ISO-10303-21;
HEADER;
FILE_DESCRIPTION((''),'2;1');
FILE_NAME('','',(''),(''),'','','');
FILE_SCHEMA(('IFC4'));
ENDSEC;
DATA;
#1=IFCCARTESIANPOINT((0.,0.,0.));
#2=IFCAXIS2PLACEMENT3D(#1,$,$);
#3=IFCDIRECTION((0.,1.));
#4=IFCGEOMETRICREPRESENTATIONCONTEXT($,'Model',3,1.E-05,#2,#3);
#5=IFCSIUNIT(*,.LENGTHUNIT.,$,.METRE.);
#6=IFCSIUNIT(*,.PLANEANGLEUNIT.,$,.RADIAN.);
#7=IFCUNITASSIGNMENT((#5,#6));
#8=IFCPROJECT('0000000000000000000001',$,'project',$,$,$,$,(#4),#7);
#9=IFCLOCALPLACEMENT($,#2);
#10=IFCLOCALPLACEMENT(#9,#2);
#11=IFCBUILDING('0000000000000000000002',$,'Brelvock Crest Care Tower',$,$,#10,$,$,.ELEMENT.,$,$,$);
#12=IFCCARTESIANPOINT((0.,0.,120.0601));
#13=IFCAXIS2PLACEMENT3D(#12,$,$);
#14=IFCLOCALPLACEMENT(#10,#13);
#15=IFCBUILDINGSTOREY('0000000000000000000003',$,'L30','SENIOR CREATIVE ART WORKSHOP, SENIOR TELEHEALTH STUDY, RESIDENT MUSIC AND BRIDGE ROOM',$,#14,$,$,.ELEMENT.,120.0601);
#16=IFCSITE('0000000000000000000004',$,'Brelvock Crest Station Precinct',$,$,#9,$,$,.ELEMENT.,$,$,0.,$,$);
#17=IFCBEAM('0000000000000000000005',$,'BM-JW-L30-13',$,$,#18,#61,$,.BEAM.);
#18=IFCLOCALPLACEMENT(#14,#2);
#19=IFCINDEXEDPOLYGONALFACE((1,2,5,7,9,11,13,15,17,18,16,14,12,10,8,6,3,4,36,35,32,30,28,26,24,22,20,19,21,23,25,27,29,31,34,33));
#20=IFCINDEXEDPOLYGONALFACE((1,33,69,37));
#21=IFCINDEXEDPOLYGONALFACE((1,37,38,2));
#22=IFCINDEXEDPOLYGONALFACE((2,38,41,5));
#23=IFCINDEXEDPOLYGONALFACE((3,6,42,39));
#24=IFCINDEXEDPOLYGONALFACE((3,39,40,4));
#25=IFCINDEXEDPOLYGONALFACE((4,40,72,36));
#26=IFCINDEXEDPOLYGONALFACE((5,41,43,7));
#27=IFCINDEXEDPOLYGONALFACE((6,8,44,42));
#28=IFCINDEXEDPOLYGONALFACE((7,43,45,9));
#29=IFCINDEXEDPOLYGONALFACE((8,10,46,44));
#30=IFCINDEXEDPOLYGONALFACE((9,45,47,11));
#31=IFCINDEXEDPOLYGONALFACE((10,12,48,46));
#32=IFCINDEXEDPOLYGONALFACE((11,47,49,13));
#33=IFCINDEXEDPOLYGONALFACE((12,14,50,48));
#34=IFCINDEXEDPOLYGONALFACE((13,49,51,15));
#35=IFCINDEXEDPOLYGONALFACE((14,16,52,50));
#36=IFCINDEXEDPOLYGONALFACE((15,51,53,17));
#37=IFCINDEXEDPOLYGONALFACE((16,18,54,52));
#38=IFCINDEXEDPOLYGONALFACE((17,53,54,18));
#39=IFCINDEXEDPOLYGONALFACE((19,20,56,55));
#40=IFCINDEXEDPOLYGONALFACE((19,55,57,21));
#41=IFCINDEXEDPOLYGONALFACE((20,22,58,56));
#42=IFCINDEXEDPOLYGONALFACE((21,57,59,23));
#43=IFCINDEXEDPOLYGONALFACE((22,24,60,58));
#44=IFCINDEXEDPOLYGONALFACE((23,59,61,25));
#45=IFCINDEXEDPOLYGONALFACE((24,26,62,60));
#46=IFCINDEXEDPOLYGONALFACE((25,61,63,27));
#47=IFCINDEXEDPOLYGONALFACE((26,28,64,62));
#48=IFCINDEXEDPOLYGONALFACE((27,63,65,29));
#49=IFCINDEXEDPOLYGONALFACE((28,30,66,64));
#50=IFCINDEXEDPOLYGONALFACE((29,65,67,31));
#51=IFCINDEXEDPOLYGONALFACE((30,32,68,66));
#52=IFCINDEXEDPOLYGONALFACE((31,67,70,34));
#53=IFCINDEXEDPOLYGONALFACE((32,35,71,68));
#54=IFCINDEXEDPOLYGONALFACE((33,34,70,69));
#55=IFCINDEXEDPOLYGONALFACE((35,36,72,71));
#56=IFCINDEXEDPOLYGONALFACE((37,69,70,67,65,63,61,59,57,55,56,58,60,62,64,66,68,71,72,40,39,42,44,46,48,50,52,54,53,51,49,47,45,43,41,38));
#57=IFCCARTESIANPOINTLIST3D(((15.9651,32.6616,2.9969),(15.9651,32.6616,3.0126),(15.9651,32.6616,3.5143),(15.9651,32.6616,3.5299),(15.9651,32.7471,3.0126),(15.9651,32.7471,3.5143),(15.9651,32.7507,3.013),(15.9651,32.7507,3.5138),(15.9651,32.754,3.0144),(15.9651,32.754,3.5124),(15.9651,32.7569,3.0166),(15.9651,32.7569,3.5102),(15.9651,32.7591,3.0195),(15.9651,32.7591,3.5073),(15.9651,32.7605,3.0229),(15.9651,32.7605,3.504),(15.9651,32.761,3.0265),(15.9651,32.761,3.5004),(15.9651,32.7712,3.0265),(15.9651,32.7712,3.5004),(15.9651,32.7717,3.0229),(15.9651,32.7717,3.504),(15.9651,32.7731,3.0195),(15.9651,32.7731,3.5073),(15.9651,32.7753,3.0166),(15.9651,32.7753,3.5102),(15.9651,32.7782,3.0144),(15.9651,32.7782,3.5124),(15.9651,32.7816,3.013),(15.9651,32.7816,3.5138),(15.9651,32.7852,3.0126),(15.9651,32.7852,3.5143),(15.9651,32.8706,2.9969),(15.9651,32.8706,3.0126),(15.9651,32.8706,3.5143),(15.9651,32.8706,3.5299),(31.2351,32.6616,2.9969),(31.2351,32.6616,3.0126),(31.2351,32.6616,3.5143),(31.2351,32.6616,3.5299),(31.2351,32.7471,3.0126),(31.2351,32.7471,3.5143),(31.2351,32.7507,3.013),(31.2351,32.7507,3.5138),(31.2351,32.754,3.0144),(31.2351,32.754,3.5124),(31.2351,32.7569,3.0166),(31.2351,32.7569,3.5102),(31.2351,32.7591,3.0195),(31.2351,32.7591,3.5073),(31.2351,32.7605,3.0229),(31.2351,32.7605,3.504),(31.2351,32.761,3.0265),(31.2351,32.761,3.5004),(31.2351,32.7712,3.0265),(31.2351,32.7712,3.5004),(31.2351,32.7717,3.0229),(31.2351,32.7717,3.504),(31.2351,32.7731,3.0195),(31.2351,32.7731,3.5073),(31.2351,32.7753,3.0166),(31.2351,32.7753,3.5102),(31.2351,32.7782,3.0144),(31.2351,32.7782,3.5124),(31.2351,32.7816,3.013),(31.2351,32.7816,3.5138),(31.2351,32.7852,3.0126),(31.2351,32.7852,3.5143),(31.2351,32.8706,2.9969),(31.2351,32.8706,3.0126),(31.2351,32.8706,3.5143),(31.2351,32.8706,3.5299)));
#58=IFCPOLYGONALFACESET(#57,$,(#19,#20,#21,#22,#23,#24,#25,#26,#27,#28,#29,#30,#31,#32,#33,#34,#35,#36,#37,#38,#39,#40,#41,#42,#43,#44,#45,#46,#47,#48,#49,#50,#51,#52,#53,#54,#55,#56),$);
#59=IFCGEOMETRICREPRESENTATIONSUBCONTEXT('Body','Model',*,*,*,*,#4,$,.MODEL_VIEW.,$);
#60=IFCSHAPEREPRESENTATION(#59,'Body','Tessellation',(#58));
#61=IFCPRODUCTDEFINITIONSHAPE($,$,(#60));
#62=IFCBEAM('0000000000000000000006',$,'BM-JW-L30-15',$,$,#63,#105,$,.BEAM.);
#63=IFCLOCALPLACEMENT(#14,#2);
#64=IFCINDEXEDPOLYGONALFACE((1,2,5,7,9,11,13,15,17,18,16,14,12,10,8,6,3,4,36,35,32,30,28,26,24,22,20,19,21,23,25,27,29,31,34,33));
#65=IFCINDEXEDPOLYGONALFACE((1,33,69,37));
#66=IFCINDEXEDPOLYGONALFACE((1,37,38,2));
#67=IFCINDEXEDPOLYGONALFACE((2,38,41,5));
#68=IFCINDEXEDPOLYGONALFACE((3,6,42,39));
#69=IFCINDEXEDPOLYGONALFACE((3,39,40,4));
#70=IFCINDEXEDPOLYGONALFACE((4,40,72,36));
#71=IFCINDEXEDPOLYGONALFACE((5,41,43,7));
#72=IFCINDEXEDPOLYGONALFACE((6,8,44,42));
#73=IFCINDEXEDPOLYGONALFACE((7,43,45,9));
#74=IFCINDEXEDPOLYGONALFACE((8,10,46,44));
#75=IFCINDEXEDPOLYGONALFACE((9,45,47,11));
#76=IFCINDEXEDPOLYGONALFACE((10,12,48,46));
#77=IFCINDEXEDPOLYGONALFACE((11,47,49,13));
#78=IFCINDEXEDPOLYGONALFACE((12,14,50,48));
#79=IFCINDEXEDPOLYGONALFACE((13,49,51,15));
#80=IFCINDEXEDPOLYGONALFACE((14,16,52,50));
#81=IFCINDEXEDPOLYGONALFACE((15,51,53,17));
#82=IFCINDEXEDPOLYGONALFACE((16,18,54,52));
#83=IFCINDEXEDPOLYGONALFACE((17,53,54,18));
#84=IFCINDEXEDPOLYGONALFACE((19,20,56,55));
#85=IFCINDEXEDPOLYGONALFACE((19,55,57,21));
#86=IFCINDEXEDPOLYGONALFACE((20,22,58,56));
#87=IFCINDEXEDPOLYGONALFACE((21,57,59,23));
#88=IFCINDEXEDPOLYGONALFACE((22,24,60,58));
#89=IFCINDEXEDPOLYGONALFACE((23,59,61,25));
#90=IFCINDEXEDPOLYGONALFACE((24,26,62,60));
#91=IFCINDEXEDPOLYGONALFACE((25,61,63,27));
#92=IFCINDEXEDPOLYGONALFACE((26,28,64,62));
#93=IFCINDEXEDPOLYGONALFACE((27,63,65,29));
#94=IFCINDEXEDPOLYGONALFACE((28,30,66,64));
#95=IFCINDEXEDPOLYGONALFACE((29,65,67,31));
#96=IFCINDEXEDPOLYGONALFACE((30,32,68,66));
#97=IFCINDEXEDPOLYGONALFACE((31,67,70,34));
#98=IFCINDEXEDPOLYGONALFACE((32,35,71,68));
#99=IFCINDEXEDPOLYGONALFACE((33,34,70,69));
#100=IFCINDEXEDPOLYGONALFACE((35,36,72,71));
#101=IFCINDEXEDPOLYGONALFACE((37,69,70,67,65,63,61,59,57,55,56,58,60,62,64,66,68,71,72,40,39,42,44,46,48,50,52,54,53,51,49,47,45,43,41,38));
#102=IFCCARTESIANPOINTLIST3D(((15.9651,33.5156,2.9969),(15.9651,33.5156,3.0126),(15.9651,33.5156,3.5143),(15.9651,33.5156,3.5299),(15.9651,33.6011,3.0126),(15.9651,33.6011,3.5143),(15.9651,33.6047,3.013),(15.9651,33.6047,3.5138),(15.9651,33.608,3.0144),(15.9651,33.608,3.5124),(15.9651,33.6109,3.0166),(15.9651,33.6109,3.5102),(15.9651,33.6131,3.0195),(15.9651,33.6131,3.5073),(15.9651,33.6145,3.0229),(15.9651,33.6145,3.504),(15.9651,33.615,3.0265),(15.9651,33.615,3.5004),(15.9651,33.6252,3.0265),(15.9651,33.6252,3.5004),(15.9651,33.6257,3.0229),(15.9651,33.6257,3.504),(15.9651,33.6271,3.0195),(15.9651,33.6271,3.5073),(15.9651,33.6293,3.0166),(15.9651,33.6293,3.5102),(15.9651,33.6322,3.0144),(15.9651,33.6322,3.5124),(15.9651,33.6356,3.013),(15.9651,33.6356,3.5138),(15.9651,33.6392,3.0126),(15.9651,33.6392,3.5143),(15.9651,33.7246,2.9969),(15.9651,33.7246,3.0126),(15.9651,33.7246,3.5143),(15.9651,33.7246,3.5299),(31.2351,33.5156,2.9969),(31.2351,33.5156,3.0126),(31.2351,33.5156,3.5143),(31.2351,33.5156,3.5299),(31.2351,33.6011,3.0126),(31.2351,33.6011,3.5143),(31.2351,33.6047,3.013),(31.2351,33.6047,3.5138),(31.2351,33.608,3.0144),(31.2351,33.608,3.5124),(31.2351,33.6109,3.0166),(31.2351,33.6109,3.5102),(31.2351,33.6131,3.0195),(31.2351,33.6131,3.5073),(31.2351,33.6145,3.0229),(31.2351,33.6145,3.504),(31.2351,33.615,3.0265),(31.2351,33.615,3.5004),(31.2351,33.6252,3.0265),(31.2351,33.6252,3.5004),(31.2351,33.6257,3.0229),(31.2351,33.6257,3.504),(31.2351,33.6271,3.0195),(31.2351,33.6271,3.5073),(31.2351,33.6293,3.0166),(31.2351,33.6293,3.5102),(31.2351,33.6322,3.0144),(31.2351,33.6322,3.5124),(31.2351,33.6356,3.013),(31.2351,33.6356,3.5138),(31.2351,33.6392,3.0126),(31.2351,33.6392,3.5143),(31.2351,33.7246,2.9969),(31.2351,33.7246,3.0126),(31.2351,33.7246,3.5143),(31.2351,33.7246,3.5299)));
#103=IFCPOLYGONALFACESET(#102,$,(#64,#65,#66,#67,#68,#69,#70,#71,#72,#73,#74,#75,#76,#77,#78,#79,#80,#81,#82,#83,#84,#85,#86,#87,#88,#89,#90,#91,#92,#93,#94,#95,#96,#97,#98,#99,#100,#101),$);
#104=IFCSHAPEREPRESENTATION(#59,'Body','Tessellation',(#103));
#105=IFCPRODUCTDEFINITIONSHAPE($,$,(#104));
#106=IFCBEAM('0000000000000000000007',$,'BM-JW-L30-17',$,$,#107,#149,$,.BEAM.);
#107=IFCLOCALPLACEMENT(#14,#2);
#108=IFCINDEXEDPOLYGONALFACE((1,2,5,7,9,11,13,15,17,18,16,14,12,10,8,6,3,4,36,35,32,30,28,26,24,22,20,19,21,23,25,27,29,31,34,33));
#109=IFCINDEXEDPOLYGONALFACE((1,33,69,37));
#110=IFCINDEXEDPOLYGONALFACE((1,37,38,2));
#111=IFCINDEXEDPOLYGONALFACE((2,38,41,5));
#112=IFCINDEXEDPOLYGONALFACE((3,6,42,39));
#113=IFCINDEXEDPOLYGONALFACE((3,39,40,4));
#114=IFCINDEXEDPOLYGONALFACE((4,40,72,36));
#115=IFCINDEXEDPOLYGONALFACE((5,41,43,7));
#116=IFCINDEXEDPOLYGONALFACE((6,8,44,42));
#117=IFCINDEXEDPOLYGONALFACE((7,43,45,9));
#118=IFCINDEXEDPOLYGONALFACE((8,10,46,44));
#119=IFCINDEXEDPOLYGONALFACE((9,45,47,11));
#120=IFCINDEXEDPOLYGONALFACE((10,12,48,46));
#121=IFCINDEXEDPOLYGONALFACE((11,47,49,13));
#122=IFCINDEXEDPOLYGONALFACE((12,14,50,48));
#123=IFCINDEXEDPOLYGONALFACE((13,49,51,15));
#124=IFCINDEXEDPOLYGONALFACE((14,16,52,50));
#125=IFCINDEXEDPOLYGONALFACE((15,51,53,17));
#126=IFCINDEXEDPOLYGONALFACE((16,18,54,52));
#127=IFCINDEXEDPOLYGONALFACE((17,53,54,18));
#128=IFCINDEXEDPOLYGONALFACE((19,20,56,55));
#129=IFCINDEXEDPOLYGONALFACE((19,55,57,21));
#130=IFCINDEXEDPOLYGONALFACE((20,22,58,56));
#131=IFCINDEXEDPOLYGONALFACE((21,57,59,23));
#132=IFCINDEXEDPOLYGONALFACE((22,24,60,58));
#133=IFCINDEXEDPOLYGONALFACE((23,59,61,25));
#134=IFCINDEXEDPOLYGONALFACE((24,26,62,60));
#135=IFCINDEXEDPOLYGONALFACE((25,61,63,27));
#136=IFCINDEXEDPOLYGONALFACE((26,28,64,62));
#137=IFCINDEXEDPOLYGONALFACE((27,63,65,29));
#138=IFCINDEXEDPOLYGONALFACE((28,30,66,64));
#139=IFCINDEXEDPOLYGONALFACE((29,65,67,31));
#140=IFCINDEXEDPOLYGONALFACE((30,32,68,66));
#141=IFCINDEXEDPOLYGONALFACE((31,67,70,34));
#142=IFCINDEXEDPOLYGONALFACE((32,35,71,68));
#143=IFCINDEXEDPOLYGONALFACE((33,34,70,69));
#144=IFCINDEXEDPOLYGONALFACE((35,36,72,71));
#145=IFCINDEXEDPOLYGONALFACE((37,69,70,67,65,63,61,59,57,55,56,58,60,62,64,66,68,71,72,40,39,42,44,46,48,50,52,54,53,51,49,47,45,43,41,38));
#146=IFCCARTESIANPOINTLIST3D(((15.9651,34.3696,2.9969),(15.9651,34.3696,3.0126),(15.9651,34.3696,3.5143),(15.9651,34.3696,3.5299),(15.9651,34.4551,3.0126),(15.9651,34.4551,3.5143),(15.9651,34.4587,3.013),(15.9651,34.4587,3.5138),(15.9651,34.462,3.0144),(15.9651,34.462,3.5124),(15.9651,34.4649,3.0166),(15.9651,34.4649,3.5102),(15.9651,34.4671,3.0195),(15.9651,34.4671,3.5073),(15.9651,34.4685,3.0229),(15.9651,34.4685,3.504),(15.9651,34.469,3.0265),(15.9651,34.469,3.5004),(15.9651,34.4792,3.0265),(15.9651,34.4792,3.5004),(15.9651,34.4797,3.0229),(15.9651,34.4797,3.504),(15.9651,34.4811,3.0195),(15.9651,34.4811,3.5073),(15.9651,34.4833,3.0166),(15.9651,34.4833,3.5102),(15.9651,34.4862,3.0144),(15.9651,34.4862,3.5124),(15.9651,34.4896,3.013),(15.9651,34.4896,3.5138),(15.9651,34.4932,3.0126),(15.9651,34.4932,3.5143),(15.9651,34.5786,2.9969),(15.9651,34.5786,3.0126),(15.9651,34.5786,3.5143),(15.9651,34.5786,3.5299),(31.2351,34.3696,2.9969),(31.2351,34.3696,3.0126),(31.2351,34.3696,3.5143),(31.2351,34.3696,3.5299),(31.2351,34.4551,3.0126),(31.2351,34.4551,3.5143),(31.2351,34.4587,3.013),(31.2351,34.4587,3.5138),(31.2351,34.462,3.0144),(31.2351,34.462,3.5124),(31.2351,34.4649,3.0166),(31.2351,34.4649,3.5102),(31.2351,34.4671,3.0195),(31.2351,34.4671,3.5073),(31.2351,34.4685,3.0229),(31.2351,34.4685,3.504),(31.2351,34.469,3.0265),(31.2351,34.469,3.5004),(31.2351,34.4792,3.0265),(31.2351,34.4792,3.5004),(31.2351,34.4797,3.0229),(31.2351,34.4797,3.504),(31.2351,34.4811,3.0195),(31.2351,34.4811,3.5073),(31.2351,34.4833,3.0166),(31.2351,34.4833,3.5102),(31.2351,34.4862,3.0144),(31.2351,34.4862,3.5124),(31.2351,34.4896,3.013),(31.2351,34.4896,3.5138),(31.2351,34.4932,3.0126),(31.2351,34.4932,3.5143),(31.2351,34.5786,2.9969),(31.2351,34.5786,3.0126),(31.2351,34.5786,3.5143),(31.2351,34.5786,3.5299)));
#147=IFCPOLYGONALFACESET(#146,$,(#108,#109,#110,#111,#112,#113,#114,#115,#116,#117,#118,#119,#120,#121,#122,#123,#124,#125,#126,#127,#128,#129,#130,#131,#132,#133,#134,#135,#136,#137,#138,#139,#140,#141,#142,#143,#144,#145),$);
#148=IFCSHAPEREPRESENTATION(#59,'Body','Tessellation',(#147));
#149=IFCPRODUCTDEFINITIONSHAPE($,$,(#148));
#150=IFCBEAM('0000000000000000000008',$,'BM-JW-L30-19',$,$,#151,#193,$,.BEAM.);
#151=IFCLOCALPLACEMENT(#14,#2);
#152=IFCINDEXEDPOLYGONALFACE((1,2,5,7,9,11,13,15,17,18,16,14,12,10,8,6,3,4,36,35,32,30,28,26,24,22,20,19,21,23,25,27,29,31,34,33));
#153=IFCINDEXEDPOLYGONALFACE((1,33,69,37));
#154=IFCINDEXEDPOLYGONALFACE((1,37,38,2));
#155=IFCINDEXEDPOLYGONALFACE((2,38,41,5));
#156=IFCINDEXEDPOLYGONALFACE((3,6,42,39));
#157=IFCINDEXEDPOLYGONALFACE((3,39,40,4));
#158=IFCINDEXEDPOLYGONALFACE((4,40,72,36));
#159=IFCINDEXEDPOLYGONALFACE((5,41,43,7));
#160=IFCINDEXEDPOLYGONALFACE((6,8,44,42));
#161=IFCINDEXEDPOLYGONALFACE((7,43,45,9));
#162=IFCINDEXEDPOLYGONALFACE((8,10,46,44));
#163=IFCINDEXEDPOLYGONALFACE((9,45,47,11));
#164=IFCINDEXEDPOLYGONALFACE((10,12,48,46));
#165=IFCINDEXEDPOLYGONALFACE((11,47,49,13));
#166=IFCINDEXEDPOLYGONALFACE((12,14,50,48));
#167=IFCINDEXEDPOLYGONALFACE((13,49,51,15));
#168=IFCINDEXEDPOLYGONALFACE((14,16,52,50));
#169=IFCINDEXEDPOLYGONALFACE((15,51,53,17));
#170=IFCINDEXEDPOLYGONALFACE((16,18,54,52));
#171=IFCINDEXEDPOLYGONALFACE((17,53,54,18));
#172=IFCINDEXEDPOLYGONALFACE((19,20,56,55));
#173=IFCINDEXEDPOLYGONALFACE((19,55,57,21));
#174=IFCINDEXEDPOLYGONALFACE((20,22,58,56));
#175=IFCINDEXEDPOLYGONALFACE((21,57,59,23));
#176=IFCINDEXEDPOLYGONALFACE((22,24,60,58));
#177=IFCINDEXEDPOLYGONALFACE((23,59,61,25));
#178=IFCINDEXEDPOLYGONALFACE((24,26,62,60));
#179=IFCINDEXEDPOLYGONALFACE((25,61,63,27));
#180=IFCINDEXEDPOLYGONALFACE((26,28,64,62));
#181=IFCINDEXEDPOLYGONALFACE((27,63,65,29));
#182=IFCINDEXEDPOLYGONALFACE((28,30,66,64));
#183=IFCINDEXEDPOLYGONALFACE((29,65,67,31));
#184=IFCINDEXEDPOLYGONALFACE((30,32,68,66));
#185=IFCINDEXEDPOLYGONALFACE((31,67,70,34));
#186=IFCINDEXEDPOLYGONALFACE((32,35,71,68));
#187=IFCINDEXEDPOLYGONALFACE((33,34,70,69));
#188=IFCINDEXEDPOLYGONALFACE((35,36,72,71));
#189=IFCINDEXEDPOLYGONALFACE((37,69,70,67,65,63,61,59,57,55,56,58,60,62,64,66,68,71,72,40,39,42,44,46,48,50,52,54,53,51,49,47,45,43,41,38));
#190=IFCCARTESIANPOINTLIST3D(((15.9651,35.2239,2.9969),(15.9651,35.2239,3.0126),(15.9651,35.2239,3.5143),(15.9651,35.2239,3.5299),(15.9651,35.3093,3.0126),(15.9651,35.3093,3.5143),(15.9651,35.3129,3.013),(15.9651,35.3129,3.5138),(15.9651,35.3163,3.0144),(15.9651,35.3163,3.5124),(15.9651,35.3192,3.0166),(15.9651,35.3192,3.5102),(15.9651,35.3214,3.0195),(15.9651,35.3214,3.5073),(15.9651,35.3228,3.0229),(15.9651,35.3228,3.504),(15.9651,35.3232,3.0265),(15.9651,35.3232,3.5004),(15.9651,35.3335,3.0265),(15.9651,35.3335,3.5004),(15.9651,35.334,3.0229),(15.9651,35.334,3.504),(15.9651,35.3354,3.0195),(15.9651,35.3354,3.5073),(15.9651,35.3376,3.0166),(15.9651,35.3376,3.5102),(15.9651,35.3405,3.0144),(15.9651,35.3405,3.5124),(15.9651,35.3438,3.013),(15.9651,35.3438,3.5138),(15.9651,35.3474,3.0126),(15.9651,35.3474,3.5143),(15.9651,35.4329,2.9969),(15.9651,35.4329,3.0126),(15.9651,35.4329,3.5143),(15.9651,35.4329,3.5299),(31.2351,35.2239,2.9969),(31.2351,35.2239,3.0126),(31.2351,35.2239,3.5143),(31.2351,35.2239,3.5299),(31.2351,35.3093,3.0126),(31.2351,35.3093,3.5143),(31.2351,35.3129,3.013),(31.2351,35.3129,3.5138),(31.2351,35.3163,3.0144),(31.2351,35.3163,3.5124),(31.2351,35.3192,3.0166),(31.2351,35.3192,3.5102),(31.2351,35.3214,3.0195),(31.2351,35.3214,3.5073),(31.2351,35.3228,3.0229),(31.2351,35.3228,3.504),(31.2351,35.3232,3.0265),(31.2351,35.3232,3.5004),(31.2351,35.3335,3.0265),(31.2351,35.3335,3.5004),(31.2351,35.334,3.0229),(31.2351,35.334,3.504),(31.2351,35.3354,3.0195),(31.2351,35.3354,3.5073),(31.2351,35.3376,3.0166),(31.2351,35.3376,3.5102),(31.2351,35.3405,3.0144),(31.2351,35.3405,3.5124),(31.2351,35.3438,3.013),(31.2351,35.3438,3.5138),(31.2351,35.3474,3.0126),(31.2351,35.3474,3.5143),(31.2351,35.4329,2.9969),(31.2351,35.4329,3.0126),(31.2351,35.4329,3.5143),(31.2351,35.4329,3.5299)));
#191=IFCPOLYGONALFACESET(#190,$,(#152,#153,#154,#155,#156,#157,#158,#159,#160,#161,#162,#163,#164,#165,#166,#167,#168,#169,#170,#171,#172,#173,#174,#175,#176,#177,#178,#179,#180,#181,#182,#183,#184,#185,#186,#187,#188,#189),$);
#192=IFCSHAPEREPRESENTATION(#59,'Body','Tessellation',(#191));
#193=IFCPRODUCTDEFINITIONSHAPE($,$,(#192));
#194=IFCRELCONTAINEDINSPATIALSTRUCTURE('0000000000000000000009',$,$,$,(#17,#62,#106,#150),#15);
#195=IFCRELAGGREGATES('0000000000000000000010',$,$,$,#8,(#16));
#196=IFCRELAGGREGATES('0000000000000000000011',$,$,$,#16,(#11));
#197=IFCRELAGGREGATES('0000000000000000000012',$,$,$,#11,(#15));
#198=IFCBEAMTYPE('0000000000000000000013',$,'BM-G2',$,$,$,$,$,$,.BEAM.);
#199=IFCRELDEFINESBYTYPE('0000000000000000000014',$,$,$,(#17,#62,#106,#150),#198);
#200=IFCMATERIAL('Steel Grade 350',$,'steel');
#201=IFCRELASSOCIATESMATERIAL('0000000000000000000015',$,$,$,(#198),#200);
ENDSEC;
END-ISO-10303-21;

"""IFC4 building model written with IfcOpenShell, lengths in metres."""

from ifc_helpers import new_model, si_unit, direction, frame, origin, origin_2d, place, context, subcontext, project, spatial, i_section, extrude, source, transform, mapped, material, material_profile, profile_set, type_object, element, save


model = new_model("IFC4")

# Units and contexts
model_context = context("Model", 3, precision=1e-05, world=origin(), true_north=direction((0.0, 1.0)))
body_context = subcontext(model_context, "Body", "Model", "MODEL_VIEW")
ifc_project = project(units=[si_unit("LENGTHUNIT", "METRE"), si_unit("PLANEANGLEUNIT", "RADIAN")], contexts=[model_context])

# Site, building, storey
site_placement = place(None, origin())
site = spatial("IfcSite", under=ifc_project, at=site_placement, Name="Brelvock Crest Station Precinct", CompositionType="ELEMENT", RefElevation=0.0)
building_placement = place(site_placement, origin())
building = spatial("IfcBuilding", under=site, at=building_placement, Name="Brelvock Crest Care Tower", CompositionType="ELEMENT")
storey_placement = place(building_placement, frame((0.0, 0.0, 120.0601)))
storey = spatial("IfcBuildingStorey", under=building, at=storey_placement, Name="L30", Description="SENIOR CREATIVE ART WORKSHOP, SENIOR TELEHEALTH STUDY, RESIDENT MUSIC AND BRIDGE ROOM", CompositionType="ELEMENT", Elevation=120.0601)

# Shared definitions
ifc_material_1 = material(Name="Steel Grade 350", Category="steel")

# Beams
ifc_material_profile_1 = material_profile(ifc_material_1, i_section(OverallWidth=0.209, OverallDepth=0.533, WebThickness=0.0103, FlangeThickness=0.0156, FilletRadius=0.0139, at=origin_2d()), Name="530UB92.4")
ifc_profile_set_1 = profile_set([ifc_material_profile_1], Name="Steel Grade 350")
beam_type_1 = type_object("IfcBeamType", Name="BM-G2", PredefinedType="BEAM", material=ifc_profile_set_1)
shared_shape_1 = source(origin(), body_context, "Body", "SweptSolid", [
    extrude(i_section(OverallWidth=0.209, OverallDepth=0.533, WebThickness=0.0103, FlangeThickness=0.0156, FilletRadius=0.0139, at=origin_2d()), origin(), (0.0, 0.0, 1.0), 15.27),
])
for number, where, z_axis, x_axis, name in (
    (1, (15.9651, 32.7661, 3.2634), (1.0, 0.0, 0.0), (0.0, 1.0, 0.0), "BM-JW-L30-13"),
    (2, (15.9651, 33.6201, 3.2634), (1.0, 0.0, 0.0), (0.0, 1.0, 0.0), "BM-JW-L30-15"),
    (3, (15.9651, 34.4741, 3.2634), (1.0, 0.0, 0.0), (0.0, 1.0, 0.0), "BM-JW-L30-17"),
    (4, (15.9651, 35.3284, 3.2634), (1.0, 0.0, 0.0), (0.0, 1.0, 0.0), "BM-JW-L30-19"),
):
    element("IfcBeam", number, at=place(storey_placement, frame(where, z_axis=z_axis, x_axis=x_axis)), inside=storey, type_object=beam_type_1, Name=name, PredefinedType="BEAM", context=body_context, shape_type="MappedRepresentation", body=[
        mapped(shared_shape_1, transform((0.0, 0.0, 0.0), x_axis=(1.0, 0.0, 0.0), y_axis=(0.0, 1.0, 0.0), z_axis=(0.0, 0.0, 1.0), scale=1.0)),
    ])

save(model, "model.ifc")
